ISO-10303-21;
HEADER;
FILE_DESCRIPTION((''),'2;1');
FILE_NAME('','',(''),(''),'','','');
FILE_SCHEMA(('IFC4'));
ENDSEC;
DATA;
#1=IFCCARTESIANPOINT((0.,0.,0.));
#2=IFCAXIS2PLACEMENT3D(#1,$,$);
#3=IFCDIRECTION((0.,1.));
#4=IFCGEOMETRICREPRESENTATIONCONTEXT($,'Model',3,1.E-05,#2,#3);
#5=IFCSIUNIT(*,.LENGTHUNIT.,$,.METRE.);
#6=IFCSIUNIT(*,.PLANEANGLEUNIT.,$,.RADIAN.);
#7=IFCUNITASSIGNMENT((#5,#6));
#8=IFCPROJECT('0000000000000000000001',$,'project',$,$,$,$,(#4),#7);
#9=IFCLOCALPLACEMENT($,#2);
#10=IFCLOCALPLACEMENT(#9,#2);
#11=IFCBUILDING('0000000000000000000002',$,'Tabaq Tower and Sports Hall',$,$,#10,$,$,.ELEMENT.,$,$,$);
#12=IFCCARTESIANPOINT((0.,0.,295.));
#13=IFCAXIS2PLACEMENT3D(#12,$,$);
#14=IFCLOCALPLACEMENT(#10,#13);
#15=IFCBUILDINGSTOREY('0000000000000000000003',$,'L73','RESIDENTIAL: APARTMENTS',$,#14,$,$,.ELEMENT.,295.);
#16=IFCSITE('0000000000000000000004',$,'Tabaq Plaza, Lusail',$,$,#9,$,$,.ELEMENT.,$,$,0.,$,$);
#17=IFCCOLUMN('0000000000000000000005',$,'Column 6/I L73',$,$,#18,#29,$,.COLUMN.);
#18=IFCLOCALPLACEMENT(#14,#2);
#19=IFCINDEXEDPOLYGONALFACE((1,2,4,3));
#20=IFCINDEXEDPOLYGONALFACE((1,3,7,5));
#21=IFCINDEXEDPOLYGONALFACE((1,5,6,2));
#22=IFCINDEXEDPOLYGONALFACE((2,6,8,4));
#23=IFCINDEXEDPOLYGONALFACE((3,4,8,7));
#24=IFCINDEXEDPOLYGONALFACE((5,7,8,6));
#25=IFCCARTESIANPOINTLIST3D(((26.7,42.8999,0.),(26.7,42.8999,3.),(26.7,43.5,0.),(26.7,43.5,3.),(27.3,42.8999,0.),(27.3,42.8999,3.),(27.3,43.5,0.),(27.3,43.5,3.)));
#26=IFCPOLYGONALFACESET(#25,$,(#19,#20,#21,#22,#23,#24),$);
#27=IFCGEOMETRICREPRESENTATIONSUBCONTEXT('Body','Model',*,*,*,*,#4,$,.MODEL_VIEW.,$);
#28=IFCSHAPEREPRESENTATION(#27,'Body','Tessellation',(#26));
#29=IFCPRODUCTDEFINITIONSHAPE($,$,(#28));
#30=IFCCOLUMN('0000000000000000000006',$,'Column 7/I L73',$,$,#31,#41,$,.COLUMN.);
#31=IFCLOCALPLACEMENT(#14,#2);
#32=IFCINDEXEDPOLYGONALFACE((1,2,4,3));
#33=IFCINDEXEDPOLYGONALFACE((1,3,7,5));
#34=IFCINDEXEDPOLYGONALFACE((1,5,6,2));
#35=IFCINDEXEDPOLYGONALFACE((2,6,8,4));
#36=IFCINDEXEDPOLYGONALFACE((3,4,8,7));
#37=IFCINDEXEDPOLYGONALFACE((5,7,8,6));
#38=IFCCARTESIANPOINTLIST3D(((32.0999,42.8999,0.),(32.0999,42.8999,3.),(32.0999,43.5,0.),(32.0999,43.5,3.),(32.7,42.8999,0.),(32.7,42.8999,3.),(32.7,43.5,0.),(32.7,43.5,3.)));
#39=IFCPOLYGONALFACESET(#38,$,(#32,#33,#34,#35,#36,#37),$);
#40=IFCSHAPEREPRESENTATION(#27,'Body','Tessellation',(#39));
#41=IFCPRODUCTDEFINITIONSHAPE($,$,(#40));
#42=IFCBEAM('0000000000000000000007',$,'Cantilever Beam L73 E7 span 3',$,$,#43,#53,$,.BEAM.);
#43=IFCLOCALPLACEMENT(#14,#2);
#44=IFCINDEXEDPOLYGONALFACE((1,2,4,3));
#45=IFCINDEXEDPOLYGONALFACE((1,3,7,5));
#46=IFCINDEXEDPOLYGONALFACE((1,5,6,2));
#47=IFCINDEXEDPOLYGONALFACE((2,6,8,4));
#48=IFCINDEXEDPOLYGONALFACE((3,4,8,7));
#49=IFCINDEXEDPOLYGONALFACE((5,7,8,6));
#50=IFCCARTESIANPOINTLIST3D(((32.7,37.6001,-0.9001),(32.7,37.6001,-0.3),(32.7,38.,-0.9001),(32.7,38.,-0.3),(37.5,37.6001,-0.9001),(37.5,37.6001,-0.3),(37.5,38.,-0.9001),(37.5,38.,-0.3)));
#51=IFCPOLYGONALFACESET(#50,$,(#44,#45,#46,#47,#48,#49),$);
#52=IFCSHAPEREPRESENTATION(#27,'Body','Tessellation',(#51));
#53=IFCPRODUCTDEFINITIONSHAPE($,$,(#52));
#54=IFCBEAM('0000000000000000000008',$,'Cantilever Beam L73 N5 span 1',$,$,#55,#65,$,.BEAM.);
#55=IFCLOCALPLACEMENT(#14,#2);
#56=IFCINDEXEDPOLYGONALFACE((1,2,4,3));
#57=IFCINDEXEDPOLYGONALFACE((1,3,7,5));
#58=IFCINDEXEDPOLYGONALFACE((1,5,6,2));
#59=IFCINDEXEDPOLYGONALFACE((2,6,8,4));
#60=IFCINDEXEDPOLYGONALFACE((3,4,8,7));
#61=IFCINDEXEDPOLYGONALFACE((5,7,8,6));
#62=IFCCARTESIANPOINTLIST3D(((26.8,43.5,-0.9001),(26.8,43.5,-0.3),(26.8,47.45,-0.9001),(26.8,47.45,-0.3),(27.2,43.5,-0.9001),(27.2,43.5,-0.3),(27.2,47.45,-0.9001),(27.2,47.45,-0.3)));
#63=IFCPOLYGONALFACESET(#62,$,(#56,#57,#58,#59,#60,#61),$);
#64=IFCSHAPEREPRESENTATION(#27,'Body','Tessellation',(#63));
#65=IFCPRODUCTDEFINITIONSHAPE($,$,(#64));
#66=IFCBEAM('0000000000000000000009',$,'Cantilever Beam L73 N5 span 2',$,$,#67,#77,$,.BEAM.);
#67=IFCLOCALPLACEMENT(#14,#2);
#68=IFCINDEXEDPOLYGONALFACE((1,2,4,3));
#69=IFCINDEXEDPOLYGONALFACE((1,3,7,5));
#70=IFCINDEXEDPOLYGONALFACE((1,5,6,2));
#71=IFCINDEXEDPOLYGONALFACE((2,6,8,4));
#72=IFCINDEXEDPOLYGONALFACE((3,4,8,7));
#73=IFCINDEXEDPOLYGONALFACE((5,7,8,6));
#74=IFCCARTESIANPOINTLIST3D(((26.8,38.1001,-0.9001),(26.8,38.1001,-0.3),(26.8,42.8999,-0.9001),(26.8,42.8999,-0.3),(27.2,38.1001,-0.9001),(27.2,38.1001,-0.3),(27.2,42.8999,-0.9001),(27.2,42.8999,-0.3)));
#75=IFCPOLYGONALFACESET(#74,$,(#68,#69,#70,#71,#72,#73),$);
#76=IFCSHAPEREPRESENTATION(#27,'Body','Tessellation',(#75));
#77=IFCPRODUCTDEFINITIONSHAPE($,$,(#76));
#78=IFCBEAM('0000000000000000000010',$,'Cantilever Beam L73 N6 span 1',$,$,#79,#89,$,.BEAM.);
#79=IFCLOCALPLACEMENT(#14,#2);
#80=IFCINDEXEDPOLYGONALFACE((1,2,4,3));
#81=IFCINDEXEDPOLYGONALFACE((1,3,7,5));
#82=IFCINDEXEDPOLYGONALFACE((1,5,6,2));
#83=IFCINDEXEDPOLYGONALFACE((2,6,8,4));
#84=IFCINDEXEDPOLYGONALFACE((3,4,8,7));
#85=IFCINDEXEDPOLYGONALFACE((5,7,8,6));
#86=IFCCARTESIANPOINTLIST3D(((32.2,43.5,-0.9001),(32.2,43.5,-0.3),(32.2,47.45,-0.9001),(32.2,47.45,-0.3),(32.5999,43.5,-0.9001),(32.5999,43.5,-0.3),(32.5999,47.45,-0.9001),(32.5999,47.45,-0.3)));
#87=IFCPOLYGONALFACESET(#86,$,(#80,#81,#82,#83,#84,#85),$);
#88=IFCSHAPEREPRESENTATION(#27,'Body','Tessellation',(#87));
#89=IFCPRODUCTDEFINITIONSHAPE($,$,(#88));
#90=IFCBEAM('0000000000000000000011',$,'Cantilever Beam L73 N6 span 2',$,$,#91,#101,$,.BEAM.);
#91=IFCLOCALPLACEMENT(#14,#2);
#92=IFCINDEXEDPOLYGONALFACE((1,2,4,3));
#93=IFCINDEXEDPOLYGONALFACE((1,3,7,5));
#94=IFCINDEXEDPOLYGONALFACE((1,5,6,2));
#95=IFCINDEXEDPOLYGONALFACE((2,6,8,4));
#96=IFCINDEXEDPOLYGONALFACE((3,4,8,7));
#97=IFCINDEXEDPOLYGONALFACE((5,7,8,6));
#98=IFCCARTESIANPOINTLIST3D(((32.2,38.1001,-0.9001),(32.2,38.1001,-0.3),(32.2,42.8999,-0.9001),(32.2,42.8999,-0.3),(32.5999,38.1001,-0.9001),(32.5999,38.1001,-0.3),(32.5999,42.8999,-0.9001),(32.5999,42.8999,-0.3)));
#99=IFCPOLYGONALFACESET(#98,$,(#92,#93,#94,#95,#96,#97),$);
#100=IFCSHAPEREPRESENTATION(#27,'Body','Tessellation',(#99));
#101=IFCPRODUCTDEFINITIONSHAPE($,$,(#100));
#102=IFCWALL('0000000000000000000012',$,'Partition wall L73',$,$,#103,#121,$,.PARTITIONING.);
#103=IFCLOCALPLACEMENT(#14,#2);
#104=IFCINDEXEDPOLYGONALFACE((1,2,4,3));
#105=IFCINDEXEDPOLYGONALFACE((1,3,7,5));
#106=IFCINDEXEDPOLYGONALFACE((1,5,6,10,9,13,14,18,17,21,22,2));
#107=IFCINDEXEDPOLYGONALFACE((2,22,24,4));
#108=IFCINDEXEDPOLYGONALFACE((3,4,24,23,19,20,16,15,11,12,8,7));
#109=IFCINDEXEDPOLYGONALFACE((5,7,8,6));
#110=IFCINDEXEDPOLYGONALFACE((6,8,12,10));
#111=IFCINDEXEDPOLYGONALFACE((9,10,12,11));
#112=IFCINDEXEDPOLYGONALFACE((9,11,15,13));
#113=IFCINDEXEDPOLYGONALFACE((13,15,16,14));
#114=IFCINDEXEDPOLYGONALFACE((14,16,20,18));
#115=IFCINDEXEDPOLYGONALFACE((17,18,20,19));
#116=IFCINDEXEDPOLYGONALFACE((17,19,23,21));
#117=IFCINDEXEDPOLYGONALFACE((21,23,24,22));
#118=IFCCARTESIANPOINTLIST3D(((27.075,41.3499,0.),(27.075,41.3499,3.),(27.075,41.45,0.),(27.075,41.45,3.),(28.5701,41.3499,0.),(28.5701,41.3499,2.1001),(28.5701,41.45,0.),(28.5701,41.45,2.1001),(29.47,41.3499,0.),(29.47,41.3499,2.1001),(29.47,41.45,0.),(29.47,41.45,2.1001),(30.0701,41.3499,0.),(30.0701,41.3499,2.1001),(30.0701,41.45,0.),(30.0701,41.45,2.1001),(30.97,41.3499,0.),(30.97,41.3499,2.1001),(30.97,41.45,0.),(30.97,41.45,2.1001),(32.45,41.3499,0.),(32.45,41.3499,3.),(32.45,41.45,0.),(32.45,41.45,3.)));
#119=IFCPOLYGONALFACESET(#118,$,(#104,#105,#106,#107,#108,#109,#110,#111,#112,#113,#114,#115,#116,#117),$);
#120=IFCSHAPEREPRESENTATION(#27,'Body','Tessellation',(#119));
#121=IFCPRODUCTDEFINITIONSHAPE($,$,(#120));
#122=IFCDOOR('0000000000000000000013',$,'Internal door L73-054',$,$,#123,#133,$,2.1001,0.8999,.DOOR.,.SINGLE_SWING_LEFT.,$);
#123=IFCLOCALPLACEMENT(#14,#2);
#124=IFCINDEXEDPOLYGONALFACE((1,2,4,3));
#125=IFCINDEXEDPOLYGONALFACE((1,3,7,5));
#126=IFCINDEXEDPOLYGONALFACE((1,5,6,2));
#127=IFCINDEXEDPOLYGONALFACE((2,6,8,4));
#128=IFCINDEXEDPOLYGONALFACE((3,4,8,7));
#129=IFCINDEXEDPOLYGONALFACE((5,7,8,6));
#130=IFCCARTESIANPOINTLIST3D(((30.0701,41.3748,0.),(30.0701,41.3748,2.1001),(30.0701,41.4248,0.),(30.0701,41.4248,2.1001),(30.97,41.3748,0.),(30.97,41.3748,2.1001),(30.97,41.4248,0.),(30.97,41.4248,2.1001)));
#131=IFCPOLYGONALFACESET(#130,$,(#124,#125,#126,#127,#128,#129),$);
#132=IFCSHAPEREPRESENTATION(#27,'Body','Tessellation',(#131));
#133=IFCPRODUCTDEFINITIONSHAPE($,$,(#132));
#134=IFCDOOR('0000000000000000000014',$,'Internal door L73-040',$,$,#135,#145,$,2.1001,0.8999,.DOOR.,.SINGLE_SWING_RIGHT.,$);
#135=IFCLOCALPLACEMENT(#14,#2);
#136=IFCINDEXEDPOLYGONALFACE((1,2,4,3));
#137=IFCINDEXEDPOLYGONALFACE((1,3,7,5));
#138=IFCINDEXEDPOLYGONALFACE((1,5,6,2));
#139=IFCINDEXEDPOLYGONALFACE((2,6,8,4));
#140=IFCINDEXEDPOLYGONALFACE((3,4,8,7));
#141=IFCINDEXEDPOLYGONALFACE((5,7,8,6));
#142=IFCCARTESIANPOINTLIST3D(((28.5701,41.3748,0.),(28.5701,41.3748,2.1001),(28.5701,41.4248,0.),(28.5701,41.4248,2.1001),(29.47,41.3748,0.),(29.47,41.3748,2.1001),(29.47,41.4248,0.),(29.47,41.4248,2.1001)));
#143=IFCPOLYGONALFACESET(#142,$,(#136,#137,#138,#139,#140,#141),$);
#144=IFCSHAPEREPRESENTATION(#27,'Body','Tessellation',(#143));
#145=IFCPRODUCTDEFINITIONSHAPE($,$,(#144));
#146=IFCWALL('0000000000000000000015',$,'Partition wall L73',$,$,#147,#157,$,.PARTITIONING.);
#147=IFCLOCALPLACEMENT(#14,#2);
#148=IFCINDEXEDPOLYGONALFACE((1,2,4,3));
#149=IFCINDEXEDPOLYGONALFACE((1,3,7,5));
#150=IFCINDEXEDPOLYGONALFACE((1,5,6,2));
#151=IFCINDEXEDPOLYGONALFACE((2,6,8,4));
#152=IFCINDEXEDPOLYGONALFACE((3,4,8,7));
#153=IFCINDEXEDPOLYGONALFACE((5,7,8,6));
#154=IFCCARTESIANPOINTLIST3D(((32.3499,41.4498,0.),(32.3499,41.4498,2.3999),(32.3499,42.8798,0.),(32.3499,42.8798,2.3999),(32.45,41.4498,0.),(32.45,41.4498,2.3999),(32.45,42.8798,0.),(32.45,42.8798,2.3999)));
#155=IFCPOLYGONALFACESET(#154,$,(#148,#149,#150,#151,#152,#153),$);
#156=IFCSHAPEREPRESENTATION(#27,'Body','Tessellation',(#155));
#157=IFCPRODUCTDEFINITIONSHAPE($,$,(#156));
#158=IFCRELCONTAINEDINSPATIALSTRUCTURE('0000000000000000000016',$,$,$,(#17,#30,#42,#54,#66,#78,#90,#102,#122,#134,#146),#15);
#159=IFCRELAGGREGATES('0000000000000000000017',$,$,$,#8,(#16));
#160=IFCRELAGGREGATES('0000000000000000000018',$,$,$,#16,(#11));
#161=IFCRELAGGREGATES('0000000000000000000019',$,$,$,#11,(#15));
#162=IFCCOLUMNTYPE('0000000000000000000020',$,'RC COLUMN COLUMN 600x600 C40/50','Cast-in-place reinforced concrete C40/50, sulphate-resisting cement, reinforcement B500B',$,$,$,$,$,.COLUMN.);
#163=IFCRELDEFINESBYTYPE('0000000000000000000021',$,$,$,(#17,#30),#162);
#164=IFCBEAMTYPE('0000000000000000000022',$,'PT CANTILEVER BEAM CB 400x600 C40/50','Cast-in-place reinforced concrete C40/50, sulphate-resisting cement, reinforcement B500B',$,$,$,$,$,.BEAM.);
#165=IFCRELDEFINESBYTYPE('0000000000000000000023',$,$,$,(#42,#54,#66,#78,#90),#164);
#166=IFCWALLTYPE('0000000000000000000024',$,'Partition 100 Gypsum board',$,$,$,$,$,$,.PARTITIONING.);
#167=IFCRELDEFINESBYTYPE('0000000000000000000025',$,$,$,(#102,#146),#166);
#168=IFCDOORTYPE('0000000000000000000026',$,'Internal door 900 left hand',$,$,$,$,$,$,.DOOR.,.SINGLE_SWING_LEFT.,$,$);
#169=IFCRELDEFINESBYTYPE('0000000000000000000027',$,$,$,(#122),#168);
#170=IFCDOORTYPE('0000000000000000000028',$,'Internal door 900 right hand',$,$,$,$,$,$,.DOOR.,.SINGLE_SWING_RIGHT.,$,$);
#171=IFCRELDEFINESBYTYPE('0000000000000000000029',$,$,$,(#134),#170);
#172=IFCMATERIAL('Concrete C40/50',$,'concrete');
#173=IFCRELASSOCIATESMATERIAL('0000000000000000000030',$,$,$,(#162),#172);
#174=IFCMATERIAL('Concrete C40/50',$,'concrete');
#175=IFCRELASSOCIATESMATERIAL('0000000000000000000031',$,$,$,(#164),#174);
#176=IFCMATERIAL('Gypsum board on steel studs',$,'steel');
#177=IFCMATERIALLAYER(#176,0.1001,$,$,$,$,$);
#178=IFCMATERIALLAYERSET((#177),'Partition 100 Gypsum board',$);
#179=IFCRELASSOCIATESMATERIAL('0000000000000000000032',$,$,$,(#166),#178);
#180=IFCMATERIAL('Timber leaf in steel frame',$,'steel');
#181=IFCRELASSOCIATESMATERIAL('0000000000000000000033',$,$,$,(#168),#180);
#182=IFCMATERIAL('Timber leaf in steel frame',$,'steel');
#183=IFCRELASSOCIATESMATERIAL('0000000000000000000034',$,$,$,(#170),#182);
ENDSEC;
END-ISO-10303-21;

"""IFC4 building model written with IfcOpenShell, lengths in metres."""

from ifc_helpers import new_model, si_unit, direction, frame, frame_2d, origin, origin_2d, place, context, subcontext, project, spatial, rectangle, extrude, material, layer, layer_set, material_profile, profile_set, type_object, element, fill, save


model = new_model("IFC4")

# Units and contexts
model_context = context("Model", 3, precision=1e-05, world=origin(), true_north=direction((0.0, 1.0)))
body_context = subcontext(model_context, "Body", "Model", "MODEL_VIEW")
ifc_project = project(units=[si_unit("LENGTHUNIT", "METRE"), si_unit("PLANEANGLEUNIT", "RADIAN")], contexts=[model_context])

# Site, building, storey
site_placement = place(None, origin())
site = spatial("IfcSite", under=ifc_project, at=site_placement, Name="Tabaq Plaza, Lusail", CompositionType="ELEMENT", RefElevation=0.0)
building_placement = place(site_placement, origin())
building = spatial("IfcBuilding", under=site, at=building_placement, Name="Tabaq Tower and Sports Hall", CompositionType="ELEMENT")
storey_placement = place(building_placement, frame((0.0, 0.0, 295.0)))
storey = spatial("IfcBuildingStorey", under=building, at=storey_placement, Name="L73", Description="RESIDENTIAL: APARTMENTS", CompositionType="ELEMENT", Elevation=295.0)

# Columns
ifc_material_1 = material(Name="Concrete C40/50", Category="concrete")
ifc_material_profile_1 = material_profile(ifc_material_1, rectangle(XDim=0.6001, YDim=0.6001, at=origin_2d()), Name="COLUMN 600x600")
ifc_profile_set_1 = profile_set([ifc_material_profile_1], Name="Concrete C40/50")
column_type = type_object("IfcColumnType", Name="RC COLUMN COLUMN 600x600 C40/50", Description="Cast-in-place reinforced concrete C40/50, sulphate-resisting cement, reinforcement B500B", PredefinedType="COLUMN", material=ifc_profile_set_1)
for number, where, z_axis, x_axis, name in (
    (1, (27.0, 43.2, 0.0), (0.0, 0.0, 1.0), (1.0, 0.0, 0.0), "Column 6/I L73"),
    (2, (32.3999, 43.2, 0.0), (0.0, 0.0, 1.0), (1.0, 0.0, 0.0), "Column 7/I L73"),
):
    element("IfcColumn", number, at=place(storey_placement, frame(where, z_axis=z_axis, x_axis=x_axis)), inside=storey, type_object=column_type, Name=name, PredefinedType="COLUMN", context=body_context, shape_type="SweptSolid", body=[
        extrude(rectangle(XDim=0.6001, YDim=0.6001, at=origin_2d()), origin(), (0.0, 0.0, 1.0), 3.0),
    ])

# Beams
ifc_material_2 = material(Name="Concrete C40/50", Category="concrete")
ifc_material_profile_2 = material_profile(ifc_material_2, rectangle(XDim=0.3999, YDim=0.6001, at=origin_2d()), Name="CB 400x600")
ifc_profile_set_2 = profile_set([ifc_material_profile_2], Name="Concrete C40/50")
beam_type = type_object("IfcBeamType", Name="PT CANTILEVER BEAM CB 400x600 C40/50", Description="Cast-in-place reinforced concrete C40/50, sulphate-resisting cement, reinforcement B500B", PredefinedType="BEAM", material=ifc_profile_set_2)
beam_1_placement = place(storey_placement, frame((37.5, 37.8, -0.6001), z_axis=(-1.0, 0.0, 0.0), x_axis=(0.0, -1.0, 0.0)))
element("IfcBeam", 3, at=beam_1_placement, inside=storey, type_object=beam_type, Name="Cantilever Beam L73 E7 span 3", PredefinedType="BEAM", context=body_context, shape_type="SweptSolid", body=[
    extrude(rectangle(XDim=0.3999, YDim=0.6001, at=origin_2d()), origin(), (0.0, 0.0, 1.0), 4.8),
])
beam_2_placement = place(storey_placement, frame((27.0, 47.45, -0.6001), z_axis=(0.0, -1.0, 0.0), x_axis=(1.0, 0.0, 0.0)))
element("IfcBeam", 4, at=beam_2_placement, inside=storey, type_object=beam_type, Name="Cantilever Beam L73 N5 span 1", PredefinedType="BEAM", context=body_context, shape_type="SweptSolid", body=[
    extrude(rectangle(XDim=0.3999, YDim=0.6001, at=origin_2d()), origin(), (0.0, 0.0, 1.0), 3.95),
])
beam_3_placement = place(storey_placement, frame((27.0, 42.8999, -0.6001), z_axis=(0.0, -1.0, 0.0), x_axis=(1.0, 0.0, 0.0)))
element("IfcBeam", 5, at=beam_3_placement, inside=storey, type_object=beam_type, Name="Cantilever Beam L73 N5 span 2", PredefinedType="BEAM", context=body_context, shape_type="SweptSolid", body=[
    extrude(rectangle(XDim=0.3999, YDim=0.6001, at=origin_2d()), origin(), (0.0, 0.0, 1.0), 4.7998),
])
beam_4_placement = place(storey_placement, frame((32.3999, 47.45, -0.6001), z_axis=(0.0, -1.0, 0.0), x_axis=(1.0, 0.0, 0.0)))
element("IfcBeam", 6, at=beam_4_placement, inside=storey, type_object=beam_type, Name="Cantilever Beam L73 N6 span 1", PredefinedType="BEAM", context=body_context, shape_type="SweptSolid", body=[
    extrude(rectangle(XDim=0.3999, YDim=0.6001, at=origin_2d()), origin(), (0.0, 0.0, 1.0), 3.95),
])
beam_5_placement = place(storey_placement, frame((32.3999, 42.8999, -0.6001), z_axis=(0.0, -1.0, 0.0), x_axis=(1.0, 0.0, 0.0)))
element("IfcBeam", 7, at=beam_5_placement, inside=storey, type_object=beam_type, Name="Cantilever Beam L73 N6 span 2", PredefinedType="BEAM", context=body_context, shape_type="SweptSolid", body=[
    extrude(rectangle(XDim=0.3999, YDim=0.6001, at=origin_2d()), origin(), (0.0, 0.0, 1.0), 4.7998),
])

# Wall, openings, doors
ifc_material_3 = material(Name="Gypsum board on steel studs", Category="steel")
ifc_layer_1 = layer(ifc_material_3, 0.1001)
ifc_layer_set_1 = layer_set([ifc_layer_1], Name="Partition 100 Gypsum board")
wall_type_1 = type_object("IfcWallType", Name="Partition 100 Gypsum board", PredefinedType="PARTITIONING", material=ifc_layer_set_1)
wall_1_placement = place(storey_placement, frame((27.075, 41.3999, 0.0), z_axis=(0.0, 0.0, 1.0), x_axis=(1.0, 0.0, 0.0)))
wall_1 = element("IfcWall", 8, at=wall_1_placement, inside=storey, type_object=wall_type_1, Name="Partition wall L73", PredefinedType="PARTITIONING", context=body_context, shape_type="SweptSolid", body=[
    extrude(rectangle(XDim=5.375, YDim=0.1001, at=frame_2d((2.6875, 0.0))), origin(), (0.0, 0.0, 1.0), 3.0),
])
opening_1_placement = place(wall_1_placement, frame((1.4951, 0.0, 0.0)))
opening_1 = element("IfcOpeningElement", 9, at=opening_1_placement, cuts=wall_1, PredefinedType="OPENING", context=body_context, shape_type="SweptSolid", body=[
    extrude(rectangle(XDim=0.8999, YDim=2.1001, at=frame_2d((0.45, 1.05))), frame((0.0, 0.05, 0.0), z_axis=(0.0, -1.0, 0.0), x_axis=(1.0, 0.0, 0.0)), (0.0, 0.0, 1.0), 0.1001),
])
opening_2_placement = place(wall_1_placement, frame((2.9951, 0.0, 0.0)))
opening_2 = element("IfcOpeningElement", 10, at=opening_2_placement, cuts=wall_1, PredefinedType="OPENING", context=body_context, shape_type="SweptSolid", body=[
    extrude(rectangle(XDim=0.8999, YDim=2.1001, at=frame_2d((0.45, 1.05))), frame((0.0, 0.05, 0.0), z_axis=(0.0, -1.0, 0.0), x_axis=(1.0, 0.0, 0.0)), (0.0, 0.0, 1.0), 0.1001),
])
ifc_material_4 = material(Name="Timber leaf in steel frame", Category="steel")
door_type_1 = type_object("IfcDoorType", Name="Internal door 900 left hand", OperationType="SINGLE_SWING_LEFT", PredefinedType="DOOR", material=ifc_material_4)
door_1_placement = place(opening_2_placement, origin())
door_1 = element("IfcDoor", 11, at=door_1_placement, inside=storey, type_object=door_type_1, Name="Internal door L73-054", OperationType="SINGLE_SWING_LEFT", OverallHeight=2.1001, OverallWidth=0.8999, PredefinedType="DOOR", context=body_context, shape_type="SweptSolid", body=[
    extrude(rectangle(XDim=0.8999, YDim=2.1001, at=frame_2d((0.45, 1.05))), frame((0.0, 0.0249, 0.0), z_axis=(0.0, -1.0, 0.0), x_axis=(1.0, 0.0, 0.0)), (0.0, 0.0, 1.0), 0.05),
])
fill(opening_2, door_1)
ifc_material_5 = material(Name="Timber leaf in steel frame", Category="steel")
door_type_2 = type_object("IfcDoorType", Name="Internal door 900 right hand", OperationType="SINGLE_SWING_RIGHT", PredefinedType="DOOR", material=ifc_material_5)
door_2_placement = place(opening_1_placement, origin())
door_2 = element("IfcDoor", 12, at=door_2_placement, inside=storey, type_object=door_type_2, Name="Internal door L73-040", OperationType="SINGLE_SWING_RIGHT", OverallHeight=2.1001, OverallWidth=0.8999, PredefinedType="DOOR", context=body_context, shape_type="SweptSolid", body=[
    extrude(rectangle(XDim=0.8999, YDim=2.1001, at=frame_2d((0.45, 1.05))), frame((0.0, 0.0249, 0.0), z_axis=(0.0, -1.0, 0.0), x_axis=(1.0, 0.0, 0.0)), (0.0, 0.0, 1.0), 0.05),
])
fill(opening_1, door_2)

# Wall
wall_2_placement = place(storey_placement, frame((32.3999, 41.45, 0.0), z_axis=(0.0, 0.0, 1.0), x_axis=(0.0, 1.0, 0.0)))
element("IfcWall", 13, at=wall_2_placement, inside=storey, type_object=wall_type_1, Name="Partition wall L73", PredefinedType="PARTITIONING", context=body_context, shape_type="SweptSolid", body=[
    extrude(rectangle(XDim=1.4299, YDim=0.1001, at=frame_2d((0.7148, 0.0))), origin(), (0.0, 0.0, 1.0), 2.3999),
])

save(model, "model.ifc")
